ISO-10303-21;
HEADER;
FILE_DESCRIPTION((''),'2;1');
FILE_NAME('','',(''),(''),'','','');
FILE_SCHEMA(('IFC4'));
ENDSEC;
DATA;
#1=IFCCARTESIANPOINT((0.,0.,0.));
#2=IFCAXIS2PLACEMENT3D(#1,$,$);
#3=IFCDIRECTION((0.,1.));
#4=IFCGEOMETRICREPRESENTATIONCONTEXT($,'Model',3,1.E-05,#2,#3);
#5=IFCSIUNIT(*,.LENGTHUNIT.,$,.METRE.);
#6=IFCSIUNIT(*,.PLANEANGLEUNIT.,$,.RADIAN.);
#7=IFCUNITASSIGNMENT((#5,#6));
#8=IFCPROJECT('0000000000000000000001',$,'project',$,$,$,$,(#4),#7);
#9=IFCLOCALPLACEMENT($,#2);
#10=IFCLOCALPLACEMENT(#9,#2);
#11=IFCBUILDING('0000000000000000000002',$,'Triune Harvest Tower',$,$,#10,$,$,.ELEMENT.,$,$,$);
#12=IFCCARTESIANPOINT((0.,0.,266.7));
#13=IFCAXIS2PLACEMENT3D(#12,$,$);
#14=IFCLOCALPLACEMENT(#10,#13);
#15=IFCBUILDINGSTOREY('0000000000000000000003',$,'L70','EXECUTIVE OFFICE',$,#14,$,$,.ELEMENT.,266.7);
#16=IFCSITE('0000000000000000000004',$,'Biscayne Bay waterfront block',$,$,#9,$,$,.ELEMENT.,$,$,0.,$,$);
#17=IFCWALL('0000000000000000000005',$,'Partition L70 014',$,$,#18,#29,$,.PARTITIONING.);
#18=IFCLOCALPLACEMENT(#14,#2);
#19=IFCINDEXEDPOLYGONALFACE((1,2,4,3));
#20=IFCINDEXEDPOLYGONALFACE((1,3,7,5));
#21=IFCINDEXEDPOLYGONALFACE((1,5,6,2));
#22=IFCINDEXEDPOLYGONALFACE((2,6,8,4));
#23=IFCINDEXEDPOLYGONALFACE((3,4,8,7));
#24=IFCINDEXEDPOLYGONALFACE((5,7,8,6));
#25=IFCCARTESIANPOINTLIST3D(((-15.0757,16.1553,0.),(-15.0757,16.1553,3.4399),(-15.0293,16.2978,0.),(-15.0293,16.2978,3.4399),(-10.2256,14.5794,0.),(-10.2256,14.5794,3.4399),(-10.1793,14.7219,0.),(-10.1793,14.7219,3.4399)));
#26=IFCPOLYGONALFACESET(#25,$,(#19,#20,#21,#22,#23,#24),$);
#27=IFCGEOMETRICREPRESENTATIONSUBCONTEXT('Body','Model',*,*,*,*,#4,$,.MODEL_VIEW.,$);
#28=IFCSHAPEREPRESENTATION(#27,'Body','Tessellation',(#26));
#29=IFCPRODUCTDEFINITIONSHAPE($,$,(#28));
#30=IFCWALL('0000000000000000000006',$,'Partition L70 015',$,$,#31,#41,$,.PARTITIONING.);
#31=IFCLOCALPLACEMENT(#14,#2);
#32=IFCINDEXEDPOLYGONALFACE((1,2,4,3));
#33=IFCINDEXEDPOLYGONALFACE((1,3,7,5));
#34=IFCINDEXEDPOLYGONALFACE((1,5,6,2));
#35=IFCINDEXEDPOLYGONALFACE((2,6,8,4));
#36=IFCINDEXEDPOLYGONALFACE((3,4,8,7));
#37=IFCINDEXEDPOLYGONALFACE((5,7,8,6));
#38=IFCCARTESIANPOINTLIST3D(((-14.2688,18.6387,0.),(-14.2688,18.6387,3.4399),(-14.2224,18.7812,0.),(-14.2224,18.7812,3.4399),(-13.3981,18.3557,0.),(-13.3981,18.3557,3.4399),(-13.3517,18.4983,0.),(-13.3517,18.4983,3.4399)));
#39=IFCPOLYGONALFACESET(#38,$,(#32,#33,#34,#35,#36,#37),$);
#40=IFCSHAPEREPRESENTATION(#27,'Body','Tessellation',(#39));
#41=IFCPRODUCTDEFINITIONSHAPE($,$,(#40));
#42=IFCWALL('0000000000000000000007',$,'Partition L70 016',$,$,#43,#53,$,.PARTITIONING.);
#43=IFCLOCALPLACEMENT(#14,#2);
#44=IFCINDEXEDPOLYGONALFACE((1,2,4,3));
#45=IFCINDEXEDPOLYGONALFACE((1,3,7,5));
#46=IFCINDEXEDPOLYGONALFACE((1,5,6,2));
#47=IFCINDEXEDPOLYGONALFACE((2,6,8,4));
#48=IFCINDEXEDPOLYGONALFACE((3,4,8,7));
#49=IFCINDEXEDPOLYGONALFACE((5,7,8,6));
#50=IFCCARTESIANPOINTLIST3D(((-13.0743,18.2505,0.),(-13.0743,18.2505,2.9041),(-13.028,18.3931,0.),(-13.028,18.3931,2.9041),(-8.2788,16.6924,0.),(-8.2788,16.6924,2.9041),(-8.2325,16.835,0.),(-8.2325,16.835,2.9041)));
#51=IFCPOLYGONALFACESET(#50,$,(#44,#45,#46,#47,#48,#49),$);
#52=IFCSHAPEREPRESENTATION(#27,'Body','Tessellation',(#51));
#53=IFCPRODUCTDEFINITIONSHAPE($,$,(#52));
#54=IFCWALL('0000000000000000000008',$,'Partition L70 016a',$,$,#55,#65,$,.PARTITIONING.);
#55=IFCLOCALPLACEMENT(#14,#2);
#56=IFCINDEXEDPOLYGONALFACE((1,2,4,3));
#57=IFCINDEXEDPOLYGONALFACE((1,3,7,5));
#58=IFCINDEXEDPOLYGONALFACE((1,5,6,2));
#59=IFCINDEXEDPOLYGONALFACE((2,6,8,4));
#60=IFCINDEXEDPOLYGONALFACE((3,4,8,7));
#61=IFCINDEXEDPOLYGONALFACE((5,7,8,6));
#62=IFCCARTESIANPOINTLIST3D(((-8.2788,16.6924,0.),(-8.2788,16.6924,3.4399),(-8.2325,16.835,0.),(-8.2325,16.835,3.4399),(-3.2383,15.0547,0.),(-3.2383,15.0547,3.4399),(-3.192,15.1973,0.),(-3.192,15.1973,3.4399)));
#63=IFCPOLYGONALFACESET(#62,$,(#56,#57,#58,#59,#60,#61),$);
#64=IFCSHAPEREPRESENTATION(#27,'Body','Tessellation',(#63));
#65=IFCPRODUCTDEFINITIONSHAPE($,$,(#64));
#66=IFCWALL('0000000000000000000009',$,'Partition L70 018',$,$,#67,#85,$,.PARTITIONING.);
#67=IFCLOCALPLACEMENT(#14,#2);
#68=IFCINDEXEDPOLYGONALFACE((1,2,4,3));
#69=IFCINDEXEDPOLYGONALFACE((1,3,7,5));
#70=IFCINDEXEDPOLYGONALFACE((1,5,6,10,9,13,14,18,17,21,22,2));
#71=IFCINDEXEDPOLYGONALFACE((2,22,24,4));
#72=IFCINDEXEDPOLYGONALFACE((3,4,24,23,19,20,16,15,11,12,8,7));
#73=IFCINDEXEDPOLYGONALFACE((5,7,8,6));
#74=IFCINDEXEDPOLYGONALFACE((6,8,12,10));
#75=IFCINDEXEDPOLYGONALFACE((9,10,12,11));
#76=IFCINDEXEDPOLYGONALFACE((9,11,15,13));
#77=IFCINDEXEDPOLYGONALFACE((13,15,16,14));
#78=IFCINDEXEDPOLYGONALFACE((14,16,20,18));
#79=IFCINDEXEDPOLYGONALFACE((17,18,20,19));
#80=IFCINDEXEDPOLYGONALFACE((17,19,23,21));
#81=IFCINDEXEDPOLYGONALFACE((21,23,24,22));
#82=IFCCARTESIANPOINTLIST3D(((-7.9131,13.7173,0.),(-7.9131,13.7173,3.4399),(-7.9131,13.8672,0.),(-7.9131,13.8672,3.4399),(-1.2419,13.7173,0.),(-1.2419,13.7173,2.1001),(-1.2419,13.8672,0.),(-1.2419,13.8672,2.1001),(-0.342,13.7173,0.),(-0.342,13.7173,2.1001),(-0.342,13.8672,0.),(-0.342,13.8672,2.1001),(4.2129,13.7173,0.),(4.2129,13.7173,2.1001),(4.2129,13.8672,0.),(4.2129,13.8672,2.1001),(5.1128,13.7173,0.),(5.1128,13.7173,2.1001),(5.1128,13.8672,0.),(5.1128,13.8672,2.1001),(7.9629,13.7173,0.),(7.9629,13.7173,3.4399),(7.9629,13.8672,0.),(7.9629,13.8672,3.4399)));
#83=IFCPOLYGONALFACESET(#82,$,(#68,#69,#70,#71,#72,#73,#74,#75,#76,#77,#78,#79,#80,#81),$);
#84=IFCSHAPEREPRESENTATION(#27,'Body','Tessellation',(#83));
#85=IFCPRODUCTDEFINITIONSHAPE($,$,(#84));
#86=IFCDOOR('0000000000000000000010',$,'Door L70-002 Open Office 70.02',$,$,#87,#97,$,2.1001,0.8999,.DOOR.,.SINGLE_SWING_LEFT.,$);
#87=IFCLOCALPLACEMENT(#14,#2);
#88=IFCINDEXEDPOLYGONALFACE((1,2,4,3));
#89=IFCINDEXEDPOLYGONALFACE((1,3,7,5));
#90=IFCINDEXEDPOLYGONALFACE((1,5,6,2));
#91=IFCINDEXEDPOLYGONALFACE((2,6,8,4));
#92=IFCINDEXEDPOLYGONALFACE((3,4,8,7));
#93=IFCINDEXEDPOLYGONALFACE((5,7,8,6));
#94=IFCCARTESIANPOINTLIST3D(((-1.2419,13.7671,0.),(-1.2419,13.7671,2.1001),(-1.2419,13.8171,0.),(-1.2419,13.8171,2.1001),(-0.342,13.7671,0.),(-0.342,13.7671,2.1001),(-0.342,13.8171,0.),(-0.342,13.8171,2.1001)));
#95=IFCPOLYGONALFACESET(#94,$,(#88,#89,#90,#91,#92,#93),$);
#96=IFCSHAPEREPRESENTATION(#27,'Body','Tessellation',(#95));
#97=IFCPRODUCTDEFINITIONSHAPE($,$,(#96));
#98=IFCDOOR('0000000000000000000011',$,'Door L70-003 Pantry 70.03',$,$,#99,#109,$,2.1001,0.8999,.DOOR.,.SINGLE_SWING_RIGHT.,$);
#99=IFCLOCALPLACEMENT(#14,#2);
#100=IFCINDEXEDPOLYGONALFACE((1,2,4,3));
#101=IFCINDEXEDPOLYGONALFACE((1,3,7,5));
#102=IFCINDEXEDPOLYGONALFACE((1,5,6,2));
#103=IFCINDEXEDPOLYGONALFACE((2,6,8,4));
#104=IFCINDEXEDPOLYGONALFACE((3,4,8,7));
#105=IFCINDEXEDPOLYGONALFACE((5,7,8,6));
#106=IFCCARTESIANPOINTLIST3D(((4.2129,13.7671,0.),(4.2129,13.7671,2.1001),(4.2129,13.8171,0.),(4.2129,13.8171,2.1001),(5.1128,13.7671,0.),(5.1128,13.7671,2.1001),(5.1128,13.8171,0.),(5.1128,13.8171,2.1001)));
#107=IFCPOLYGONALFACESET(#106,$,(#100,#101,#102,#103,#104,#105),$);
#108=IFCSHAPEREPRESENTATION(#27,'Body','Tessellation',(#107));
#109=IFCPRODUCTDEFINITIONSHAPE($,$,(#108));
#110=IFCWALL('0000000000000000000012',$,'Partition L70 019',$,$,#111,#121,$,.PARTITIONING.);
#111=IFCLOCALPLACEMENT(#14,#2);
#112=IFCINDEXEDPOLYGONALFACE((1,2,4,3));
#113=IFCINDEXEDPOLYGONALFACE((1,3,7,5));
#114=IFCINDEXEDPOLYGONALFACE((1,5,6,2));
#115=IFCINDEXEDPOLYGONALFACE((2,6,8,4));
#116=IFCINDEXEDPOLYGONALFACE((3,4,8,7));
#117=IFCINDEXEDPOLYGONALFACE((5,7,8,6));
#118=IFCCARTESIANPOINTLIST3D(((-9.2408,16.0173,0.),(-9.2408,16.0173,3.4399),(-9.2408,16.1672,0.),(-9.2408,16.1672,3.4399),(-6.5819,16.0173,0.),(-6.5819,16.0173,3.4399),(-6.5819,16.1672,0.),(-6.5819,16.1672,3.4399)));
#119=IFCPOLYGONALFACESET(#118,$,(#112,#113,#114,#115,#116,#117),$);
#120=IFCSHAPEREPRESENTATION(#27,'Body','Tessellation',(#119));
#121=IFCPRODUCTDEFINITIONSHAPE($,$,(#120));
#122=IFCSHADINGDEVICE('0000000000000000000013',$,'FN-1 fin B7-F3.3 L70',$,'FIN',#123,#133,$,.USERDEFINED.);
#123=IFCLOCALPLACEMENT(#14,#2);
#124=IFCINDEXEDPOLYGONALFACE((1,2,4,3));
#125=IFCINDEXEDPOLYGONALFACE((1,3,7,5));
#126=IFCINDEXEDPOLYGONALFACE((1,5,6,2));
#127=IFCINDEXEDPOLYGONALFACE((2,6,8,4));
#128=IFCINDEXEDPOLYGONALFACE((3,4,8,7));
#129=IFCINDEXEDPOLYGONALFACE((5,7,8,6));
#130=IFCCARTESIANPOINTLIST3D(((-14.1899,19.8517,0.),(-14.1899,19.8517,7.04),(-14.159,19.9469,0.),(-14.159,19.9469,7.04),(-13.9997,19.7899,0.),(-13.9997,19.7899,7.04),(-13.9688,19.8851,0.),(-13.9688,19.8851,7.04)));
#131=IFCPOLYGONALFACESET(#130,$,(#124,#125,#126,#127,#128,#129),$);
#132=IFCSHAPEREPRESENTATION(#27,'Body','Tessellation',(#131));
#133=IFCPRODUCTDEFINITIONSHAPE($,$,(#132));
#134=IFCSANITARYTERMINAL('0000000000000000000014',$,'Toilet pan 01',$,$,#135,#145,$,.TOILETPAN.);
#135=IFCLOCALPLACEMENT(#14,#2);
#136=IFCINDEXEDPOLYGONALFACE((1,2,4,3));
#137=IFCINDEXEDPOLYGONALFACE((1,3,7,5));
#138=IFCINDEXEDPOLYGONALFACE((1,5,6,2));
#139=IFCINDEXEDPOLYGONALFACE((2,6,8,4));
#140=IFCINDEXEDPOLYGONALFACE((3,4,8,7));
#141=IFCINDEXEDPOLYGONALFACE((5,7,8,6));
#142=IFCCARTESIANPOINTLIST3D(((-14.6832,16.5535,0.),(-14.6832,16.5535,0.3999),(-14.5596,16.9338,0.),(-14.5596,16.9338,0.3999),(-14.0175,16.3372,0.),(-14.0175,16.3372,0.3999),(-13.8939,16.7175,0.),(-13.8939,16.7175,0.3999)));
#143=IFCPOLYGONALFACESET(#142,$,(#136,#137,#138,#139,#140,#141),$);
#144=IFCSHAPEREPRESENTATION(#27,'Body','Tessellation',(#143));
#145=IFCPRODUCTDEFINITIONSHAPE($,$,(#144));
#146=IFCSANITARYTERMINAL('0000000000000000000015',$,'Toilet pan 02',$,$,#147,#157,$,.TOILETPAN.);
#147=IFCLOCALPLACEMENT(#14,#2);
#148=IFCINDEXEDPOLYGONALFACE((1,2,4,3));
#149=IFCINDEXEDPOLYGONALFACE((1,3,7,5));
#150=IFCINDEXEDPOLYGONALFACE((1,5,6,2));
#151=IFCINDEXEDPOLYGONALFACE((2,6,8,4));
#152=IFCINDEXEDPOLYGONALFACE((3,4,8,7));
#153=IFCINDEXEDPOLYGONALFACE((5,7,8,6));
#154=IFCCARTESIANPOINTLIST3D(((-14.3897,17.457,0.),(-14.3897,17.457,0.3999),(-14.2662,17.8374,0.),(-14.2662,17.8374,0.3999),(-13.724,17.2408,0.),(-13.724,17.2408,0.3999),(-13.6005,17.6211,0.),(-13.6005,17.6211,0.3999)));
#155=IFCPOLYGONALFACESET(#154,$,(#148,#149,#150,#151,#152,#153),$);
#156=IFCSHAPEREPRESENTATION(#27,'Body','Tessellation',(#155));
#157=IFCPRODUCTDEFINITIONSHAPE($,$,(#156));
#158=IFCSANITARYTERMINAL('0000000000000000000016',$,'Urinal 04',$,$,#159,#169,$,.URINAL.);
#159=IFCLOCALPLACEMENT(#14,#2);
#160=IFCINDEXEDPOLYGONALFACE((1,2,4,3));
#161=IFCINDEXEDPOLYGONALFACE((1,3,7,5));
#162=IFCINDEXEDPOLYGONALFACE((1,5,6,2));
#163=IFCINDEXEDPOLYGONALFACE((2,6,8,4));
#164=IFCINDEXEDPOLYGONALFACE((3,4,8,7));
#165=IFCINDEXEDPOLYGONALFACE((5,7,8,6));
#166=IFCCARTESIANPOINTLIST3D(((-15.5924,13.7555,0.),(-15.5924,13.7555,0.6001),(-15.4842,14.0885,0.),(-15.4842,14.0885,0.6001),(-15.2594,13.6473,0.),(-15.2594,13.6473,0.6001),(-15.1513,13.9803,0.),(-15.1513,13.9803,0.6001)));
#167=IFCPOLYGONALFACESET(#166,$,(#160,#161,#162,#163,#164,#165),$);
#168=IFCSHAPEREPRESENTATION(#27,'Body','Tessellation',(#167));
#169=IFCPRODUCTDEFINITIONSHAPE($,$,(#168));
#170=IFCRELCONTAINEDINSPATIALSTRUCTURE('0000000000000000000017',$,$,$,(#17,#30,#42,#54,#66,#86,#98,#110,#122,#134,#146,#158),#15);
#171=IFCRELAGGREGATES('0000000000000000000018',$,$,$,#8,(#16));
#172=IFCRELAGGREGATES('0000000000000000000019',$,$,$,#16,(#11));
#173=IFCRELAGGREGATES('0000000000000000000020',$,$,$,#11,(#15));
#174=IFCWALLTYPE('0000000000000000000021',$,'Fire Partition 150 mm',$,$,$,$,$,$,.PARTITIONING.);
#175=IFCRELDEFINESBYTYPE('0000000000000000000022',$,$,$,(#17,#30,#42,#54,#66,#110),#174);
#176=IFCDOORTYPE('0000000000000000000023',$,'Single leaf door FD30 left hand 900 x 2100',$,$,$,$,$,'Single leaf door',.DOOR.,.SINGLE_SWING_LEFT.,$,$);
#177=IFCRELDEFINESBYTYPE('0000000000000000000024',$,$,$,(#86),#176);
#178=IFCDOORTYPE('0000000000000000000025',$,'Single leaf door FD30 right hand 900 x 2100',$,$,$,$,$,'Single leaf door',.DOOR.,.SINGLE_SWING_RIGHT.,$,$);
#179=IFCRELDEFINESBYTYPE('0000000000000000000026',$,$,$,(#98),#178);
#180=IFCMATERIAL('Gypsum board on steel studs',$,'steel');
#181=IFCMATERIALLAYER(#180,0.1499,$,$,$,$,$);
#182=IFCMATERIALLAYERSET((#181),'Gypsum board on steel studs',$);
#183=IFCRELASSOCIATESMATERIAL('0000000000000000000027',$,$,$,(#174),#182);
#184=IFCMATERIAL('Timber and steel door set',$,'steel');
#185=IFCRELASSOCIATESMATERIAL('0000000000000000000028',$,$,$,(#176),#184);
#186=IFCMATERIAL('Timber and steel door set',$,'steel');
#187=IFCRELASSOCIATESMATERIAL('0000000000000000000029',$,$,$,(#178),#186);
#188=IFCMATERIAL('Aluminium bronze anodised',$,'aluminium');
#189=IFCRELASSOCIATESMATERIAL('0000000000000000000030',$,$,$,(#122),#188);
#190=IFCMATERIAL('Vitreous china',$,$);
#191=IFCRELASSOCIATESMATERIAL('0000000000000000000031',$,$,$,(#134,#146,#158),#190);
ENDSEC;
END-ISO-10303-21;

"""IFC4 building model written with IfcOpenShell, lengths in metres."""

from ifc_helpers import new_model, si_unit, direction, frame, frame_2d, origin, origin_2d, place, context, subcontext, project, spatial, rectangle, extrude, source, transform, mapped, material, layer, layer_set, type_object, element, fill, save


model = new_model("IFC4")

# Units and contexts
model_context = context("Model", 3, precision=1e-05, world=origin(), true_north=direction((0.0, 1.0)))
body_context = subcontext(model_context, "Body", "Model", "MODEL_VIEW")
ifc_project = project(units=[si_unit("LENGTHUNIT", "METRE"), si_unit("PLANEANGLEUNIT", "RADIAN")], contexts=[model_context])

# Site, building, storey
site_placement = place(None, origin())
site = spatial("IfcSite", under=ifc_project, at=site_placement, Name="Biscayne Bay waterfront block", CompositionType="ELEMENT", RefElevation=0.0)
building_placement = place(site_placement, origin())
building = spatial("IfcBuilding", under=site, at=building_placement, Name="Triune Harvest Tower", CompositionType="ELEMENT")
storey_placement = place(building_placement, frame((0.0, 0.0, 266.7)))
storey = spatial("IfcBuildingStorey", under=building, at=storey_placement, Name="L70", Description="EXECUTIVE OFFICE", CompositionType="ELEMENT", Elevation=266.7)

# Walls
ifc_material_1 = material(Name="Gypsum board on steel studs", Category="steel")
ifc_layer_1 = layer(ifc_material_1, 0.1499)
ifc_layer_set_1 = layer_set([ifc_layer_1], Name="Gypsum board on steel studs")
wall_type = type_object("IfcWallType", Name="Fire Partition 150 mm", PredefinedType="PARTITIONING", material=ifc_layer_set_1)
shared_shape_1 = source(origin(), body_context, "Body", "SweptSolid", [
    extrude(rectangle(XDim=5.0996, YDim=0.1499, at=frame_2d((2.5498, 0.0))), origin(), (0.0, 0.0, 1.0), 3.4399),
])
wall_1_placement = place(storey_placement, frame((-15.0525, 16.2266, 0.0), z_axis=(0.0, 0.0, 1.0), x_axis=(0.951054, -0.309023, 0.0)))
element("IfcWall", 1, at=wall_1_placement, inside=storey, type_object=wall_type, Name="Partition L70 014", PredefinedType="PARTITIONING", context=body_context, shape_type="MappedRepresentation", body=[
    mapped(shared_shape_1, transform((0.0, 0.0, 0.0), scale=1.0)),
])
shared_shape_2 = source(origin(), body_context, "Body", "SweptSolid", [
    extrude(rectangle(XDim=0.9155, YDim=0.1499, at=frame_2d((0.4578, 0.0))), origin(), (0.0, 0.0, 1.0), 3.4399),
])
wall_2_placement = place(storey_placement, frame((-14.2456, 18.71, 0.0), z_axis=(0.0, 0.0, 1.0), x_axis=(0.95103, -0.309098, 0.0)))
element("IfcWall", 2, at=wall_2_placement, inside=storey, type_object=wall_type, Name="Partition L70 015", PredefinedType="PARTITIONING", context=body_context, shape_type="MappedRepresentation", body=[
    mapped(shared_shape_2, transform((0.0, 0.0, 0.0), scale=1.0)),
])
shared_shape_3 = source(origin(), body_context, "Body", "SweptSolid", [
    extrude(rectangle(XDim=5.0422, YDim=0.1499, at=frame_2d((2.521, 0.0))), origin(), (0.0, 0.0, 1.0), 2.9041),
])
wall_3_placement = place(storey_placement, frame((-13.051, 18.3218, 0.0), z_axis=(0.0, 0.0, 1.0), x_axis=(0.951058, -0.309014, 0.0)))
element("IfcWall", 3, at=wall_3_placement, inside=storey, type_object=wall_type, Name="Partition L70 016", PredefinedType="PARTITIONING", context=body_context, shape_type="MappedRepresentation", body=[
    mapped(shared_shape_3, transform((0.0, 0.0, 0.0), scale=1.0)),
])
shared_shape_4 = source(origin(), body_context, "Body", "SweptSolid", [
    extrude(rectangle(XDim=5.2998, YDim=0.1499, at=frame_2d((2.6499, 0.0))), origin(), (0.0, 0.0, 1.0), 3.4399),
])
wall_4_placement = place(storey_placement, frame((-8.2556, 16.7637, 0.0), z_axis=(0.0, 0.0, 1.0), x_axis=(0.95106, -0.309005, 0.0)))
element("IfcWall", 4, at=wall_4_placement, inside=storey, type_object=wall_type, Name="Partition L70 016a", PredefinedType="PARTITIONING", context=body_context, shape_type="MappedRepresentation", body=[
    mapped(shared_shape_4, transform((0.0, 0.0, 0.0), scale=1.0)),
])

# Wall, openings, doors
shared_shape_5 = source(origin(), body_context, "Body", "SweptSolid", [
    extrude(rectangle(XDim=15.876, YDim=0.1499, at=frame_2d((7.938, 0.0))), origin(), (0.0, 0.0, 1.0), 3.4399),
])
wall_5_placement = place(storey_placement, frame((-7.9131, 13.7922, 0.0), z_axis=(0.0, 0.0, 1.0), x_axis=(1.0, 0.0, 0.0)))
wall_5 = element("IfcWall", 5, at=wall_5_placement, inside=storey, type_object=wall_type, Name="Partition L70 018", PredefinedType="PARTITIONING", context=body_context, shape_type="MappedRepresentation", body=[
    mapped(shared_shape_5, transform((0.0, 0.0, 0.0), scale=1.0)),
])
opening_1_placement = place(wall_5_placement, frame((6.6711, 0.0, 0.0)))
opening_1 = element("IfcOpeningElement", 6, at=opening_1_placement, cuts=wall_5, PredefinedType="OPENING", context=body_context, shape_type="SweptSolid", body=[
    extrude(rectangle(XDim=0.8999, YDim=2.1001, at=frame_2d((0.45, 1.05))), frame((0.0, 0.085, 0.0), z_axis=(0.0, -1.0, 0.0), x_axis=(1.0, 0.0, 0.0)), (0.0, 0.0, 1.0), 0.1699),
])
opening_2_placement = place(wall_5_placement, frame((12.126, 0.0, 0.0)))
opening_2 = element("IfcOpeningElement", 7, at=opening_2_placement, cuts=wall_5, PredefinedType="OPENING", context=body_context, shape_type="SweptSolid", body=[
    extrude(rectangle(XDim=0.8999, YDim=2.1001, at=frame_2d((0.45, 1.05))), frame((0.0, 0.085, 0.0), z_axis=(0.0, -1.0, 0.0), x_axis=(1.0, 0.0, 0.0)), (0.0, 0.0, 1.0), 0.1699),
])
ifc_material_2 = material(Name="Timber and steel door set", Category="steel")
door_type_1 = type_object("IfcDoorType", Name="Single leaf door FD30 left hand 900 x 2100", ElementType="Single leaf door", OperationType="SINGLE_SWING_LEFT", PredefinedType="DOOR", material=ifc_material_2)
door_1_placement = place(opening_1_placement, origin())
door_1 = element("IfcDoor", 8, at=door_1_placement, inside=storey, type_object=door_type_1, Name="Door L70-002 Open Office 70.02", OperationType="SINGLE_SWING_LEFT", OverallHeight=2.1001, OverallWidth=0.8999, PredefinedType="DOOR", context=body_context, shape_type="SweptSolid", body=[
    extrude(rectangle(XDim=0.8999, YDim=2.1001, at=frame_2d((0.45, 1.05))), frame((0.0, 0.0249, 0.0), z_axis=(0.0, -1.0, 0.0), x_axis=(1.0, 0.0, 0.0)), (0.0, 0.0, 1.0), 0.05),
])
fill(opening_1, door_1)
ifc_material_3 = material(Name="Timber and steel door set", Category="steel")
door_type_2 = type_object("IfcDoorType", Name="Single leaf door FD30 right hand 900 x 2100", ElementType="Single leaf door", OperationType="SINGLE_SWING_RIGHT", PredefinedType="DOOR", material=ifc_material_3)
door_2_placement = place(opening_2_placement, origin())
door_2 = element("IfcDoor", 9, at=door_2_placement, inside=storey, type_object=door_type_2, Name="Door L70-003 Pantry 70.03", OperationType="SINGLE_SWING_RIGHT", OverallHeight=2.1001, OverallWidth=0.8999, PredefinedType="DOOR", context=body_context, shape_type="SweptSolid", body=[
    extrude(rectangle(XDim=0.8999, YDim=2.1001, at=frame_2d((0.45, 1.05))), frame((0.0, 0.0249, 0.0), z_axis=(0.0, -1.0, 0.0), x_axis=(1.0, 0.0, 0.0)), (0.0, 0.0, 1.0), 0.05),
])
fill(opening_2, door_2)

# Wall
shared_shape_6 = source(origin(), body_context, "Body", "SweptSolid", [
    extrude(rectangle(XDim=2.6589, YDim=0.1499, at=frame_2d((1.3296, 0.0))), origin(), (0.0, 0.0, 1.0), 3.4399),
])
wall_6_placement = place(storey_placement, frame((-9.241, 16.0923, 0.0), z_axis=(0.0, 0.0, 1.0), x_axis=(1.0, 0.0, 0.0)))
element("IfcWall", 10, at=wall_6_placement, inside=storey, type_object=wall_type, Name="Partition L70 019", PredefinedType="PARTITIONING", context=body_context, shape_type="MappedRepresentation", body=[
    mapped(shared_shape_6, transform((0.0, 0.0, 0.0), scale=1.0)),
])

# Shading device
ifc_material_4 = material(Name="Aluminium bronze anodised", Category="aluminium")
shared_shape_7 = source(origin(), body_context, "Body", "SweptSolid", [
    extrude(rectangle(XDim=0.1001, YDim=0.2, at=origin_2d()), origin(), (0.0, 0.0, 1.0), 7.04),
])
shading_device_placement = place(storey_placement, frame((-14.0793, 19.8684, 0.0), z_axis=(0.0, 0.0, 1.0), x_axis=(-0.309016, -0.951057, 0.0)))
element("IfcShadingDevice", 11, at=shading_device_placement, inside=storey, material=ifc_material_4, Name="FN-1 fin B7-F3.3 L70", ObjectType="FIN", PredefinedType="USERDEFINED", context=body_context, shape_type="MappedRepresentation", body=[
    mapped(shared_shape_7, transform((0.0, 0.0, 0.0), scale=1.0)),
])

# Sanitary terminals
ifc_material_5 = material(Name="Vitreous china")
shared_shape_8 = source(origin(), body_context, "Body", "SweptSolid", [
    extrude(rectangle(XDim=0.3999, YDim=0.7, at=origin_2d()), origin(), (0.0, 0.0, 1.0), 0.3999),
])
for number, where, z_axis, x_axis, name in (
    (12, (-14.2886, 16.6355, 0.0), (0.0, 0.0, 1.0), (0.308984, 0.951067, 0.0), "Toilet pan 01"),
    (13, (-13.9951, 17.5391, 0.0), (0.0, 0.0, 1.0), (0.308984, 0.951067, 0.0), "Toilet pan 02"),
):
    element("IfcSanitaryTerminal", number, at=place(storey_placement, frame(where, z_axis=z_axis, x_axis=x_axis)), inside=storey, material=ifc_material_5, Name=name, PredefinedType="TOILETPAN", context=body_context, shape_type="MappedRepresentation", body=[
        mapped(shared_shape_8, transform((0.0, 0.0, 0.0), scale=1.0)),
    ])
shared_shape_9 = source(origin(), body_context, "Body", "SweptSolid", [
    extrude(rectangle(XDim=0.3501, YDim=0.3501, at=origin_2d()), origin(), (0.0, 0.0, 1.0), 0.6001),
])
sanitary_terminal_1_placement = place(storey_placement, frame((-15.3718, 13.8679, 0.0), z_axis=(0.0, 0.0, 1.0), x_axis=(0.309, 0.951062, 0.0)))
element("IfcSanitaryTerminal", 14, at=sanitary_terminal_1_placement, inside=storey, material=ifc_material_5, Name="Urinal 04", PredefinedType="URINAL", context=body_context, shape_type="MappedRepresentation", body=[
    mapped(shared_shape_9, transform((0.0, 0.0, 0.0), scale=1.0)),
])

save(model, "model.ifc")
